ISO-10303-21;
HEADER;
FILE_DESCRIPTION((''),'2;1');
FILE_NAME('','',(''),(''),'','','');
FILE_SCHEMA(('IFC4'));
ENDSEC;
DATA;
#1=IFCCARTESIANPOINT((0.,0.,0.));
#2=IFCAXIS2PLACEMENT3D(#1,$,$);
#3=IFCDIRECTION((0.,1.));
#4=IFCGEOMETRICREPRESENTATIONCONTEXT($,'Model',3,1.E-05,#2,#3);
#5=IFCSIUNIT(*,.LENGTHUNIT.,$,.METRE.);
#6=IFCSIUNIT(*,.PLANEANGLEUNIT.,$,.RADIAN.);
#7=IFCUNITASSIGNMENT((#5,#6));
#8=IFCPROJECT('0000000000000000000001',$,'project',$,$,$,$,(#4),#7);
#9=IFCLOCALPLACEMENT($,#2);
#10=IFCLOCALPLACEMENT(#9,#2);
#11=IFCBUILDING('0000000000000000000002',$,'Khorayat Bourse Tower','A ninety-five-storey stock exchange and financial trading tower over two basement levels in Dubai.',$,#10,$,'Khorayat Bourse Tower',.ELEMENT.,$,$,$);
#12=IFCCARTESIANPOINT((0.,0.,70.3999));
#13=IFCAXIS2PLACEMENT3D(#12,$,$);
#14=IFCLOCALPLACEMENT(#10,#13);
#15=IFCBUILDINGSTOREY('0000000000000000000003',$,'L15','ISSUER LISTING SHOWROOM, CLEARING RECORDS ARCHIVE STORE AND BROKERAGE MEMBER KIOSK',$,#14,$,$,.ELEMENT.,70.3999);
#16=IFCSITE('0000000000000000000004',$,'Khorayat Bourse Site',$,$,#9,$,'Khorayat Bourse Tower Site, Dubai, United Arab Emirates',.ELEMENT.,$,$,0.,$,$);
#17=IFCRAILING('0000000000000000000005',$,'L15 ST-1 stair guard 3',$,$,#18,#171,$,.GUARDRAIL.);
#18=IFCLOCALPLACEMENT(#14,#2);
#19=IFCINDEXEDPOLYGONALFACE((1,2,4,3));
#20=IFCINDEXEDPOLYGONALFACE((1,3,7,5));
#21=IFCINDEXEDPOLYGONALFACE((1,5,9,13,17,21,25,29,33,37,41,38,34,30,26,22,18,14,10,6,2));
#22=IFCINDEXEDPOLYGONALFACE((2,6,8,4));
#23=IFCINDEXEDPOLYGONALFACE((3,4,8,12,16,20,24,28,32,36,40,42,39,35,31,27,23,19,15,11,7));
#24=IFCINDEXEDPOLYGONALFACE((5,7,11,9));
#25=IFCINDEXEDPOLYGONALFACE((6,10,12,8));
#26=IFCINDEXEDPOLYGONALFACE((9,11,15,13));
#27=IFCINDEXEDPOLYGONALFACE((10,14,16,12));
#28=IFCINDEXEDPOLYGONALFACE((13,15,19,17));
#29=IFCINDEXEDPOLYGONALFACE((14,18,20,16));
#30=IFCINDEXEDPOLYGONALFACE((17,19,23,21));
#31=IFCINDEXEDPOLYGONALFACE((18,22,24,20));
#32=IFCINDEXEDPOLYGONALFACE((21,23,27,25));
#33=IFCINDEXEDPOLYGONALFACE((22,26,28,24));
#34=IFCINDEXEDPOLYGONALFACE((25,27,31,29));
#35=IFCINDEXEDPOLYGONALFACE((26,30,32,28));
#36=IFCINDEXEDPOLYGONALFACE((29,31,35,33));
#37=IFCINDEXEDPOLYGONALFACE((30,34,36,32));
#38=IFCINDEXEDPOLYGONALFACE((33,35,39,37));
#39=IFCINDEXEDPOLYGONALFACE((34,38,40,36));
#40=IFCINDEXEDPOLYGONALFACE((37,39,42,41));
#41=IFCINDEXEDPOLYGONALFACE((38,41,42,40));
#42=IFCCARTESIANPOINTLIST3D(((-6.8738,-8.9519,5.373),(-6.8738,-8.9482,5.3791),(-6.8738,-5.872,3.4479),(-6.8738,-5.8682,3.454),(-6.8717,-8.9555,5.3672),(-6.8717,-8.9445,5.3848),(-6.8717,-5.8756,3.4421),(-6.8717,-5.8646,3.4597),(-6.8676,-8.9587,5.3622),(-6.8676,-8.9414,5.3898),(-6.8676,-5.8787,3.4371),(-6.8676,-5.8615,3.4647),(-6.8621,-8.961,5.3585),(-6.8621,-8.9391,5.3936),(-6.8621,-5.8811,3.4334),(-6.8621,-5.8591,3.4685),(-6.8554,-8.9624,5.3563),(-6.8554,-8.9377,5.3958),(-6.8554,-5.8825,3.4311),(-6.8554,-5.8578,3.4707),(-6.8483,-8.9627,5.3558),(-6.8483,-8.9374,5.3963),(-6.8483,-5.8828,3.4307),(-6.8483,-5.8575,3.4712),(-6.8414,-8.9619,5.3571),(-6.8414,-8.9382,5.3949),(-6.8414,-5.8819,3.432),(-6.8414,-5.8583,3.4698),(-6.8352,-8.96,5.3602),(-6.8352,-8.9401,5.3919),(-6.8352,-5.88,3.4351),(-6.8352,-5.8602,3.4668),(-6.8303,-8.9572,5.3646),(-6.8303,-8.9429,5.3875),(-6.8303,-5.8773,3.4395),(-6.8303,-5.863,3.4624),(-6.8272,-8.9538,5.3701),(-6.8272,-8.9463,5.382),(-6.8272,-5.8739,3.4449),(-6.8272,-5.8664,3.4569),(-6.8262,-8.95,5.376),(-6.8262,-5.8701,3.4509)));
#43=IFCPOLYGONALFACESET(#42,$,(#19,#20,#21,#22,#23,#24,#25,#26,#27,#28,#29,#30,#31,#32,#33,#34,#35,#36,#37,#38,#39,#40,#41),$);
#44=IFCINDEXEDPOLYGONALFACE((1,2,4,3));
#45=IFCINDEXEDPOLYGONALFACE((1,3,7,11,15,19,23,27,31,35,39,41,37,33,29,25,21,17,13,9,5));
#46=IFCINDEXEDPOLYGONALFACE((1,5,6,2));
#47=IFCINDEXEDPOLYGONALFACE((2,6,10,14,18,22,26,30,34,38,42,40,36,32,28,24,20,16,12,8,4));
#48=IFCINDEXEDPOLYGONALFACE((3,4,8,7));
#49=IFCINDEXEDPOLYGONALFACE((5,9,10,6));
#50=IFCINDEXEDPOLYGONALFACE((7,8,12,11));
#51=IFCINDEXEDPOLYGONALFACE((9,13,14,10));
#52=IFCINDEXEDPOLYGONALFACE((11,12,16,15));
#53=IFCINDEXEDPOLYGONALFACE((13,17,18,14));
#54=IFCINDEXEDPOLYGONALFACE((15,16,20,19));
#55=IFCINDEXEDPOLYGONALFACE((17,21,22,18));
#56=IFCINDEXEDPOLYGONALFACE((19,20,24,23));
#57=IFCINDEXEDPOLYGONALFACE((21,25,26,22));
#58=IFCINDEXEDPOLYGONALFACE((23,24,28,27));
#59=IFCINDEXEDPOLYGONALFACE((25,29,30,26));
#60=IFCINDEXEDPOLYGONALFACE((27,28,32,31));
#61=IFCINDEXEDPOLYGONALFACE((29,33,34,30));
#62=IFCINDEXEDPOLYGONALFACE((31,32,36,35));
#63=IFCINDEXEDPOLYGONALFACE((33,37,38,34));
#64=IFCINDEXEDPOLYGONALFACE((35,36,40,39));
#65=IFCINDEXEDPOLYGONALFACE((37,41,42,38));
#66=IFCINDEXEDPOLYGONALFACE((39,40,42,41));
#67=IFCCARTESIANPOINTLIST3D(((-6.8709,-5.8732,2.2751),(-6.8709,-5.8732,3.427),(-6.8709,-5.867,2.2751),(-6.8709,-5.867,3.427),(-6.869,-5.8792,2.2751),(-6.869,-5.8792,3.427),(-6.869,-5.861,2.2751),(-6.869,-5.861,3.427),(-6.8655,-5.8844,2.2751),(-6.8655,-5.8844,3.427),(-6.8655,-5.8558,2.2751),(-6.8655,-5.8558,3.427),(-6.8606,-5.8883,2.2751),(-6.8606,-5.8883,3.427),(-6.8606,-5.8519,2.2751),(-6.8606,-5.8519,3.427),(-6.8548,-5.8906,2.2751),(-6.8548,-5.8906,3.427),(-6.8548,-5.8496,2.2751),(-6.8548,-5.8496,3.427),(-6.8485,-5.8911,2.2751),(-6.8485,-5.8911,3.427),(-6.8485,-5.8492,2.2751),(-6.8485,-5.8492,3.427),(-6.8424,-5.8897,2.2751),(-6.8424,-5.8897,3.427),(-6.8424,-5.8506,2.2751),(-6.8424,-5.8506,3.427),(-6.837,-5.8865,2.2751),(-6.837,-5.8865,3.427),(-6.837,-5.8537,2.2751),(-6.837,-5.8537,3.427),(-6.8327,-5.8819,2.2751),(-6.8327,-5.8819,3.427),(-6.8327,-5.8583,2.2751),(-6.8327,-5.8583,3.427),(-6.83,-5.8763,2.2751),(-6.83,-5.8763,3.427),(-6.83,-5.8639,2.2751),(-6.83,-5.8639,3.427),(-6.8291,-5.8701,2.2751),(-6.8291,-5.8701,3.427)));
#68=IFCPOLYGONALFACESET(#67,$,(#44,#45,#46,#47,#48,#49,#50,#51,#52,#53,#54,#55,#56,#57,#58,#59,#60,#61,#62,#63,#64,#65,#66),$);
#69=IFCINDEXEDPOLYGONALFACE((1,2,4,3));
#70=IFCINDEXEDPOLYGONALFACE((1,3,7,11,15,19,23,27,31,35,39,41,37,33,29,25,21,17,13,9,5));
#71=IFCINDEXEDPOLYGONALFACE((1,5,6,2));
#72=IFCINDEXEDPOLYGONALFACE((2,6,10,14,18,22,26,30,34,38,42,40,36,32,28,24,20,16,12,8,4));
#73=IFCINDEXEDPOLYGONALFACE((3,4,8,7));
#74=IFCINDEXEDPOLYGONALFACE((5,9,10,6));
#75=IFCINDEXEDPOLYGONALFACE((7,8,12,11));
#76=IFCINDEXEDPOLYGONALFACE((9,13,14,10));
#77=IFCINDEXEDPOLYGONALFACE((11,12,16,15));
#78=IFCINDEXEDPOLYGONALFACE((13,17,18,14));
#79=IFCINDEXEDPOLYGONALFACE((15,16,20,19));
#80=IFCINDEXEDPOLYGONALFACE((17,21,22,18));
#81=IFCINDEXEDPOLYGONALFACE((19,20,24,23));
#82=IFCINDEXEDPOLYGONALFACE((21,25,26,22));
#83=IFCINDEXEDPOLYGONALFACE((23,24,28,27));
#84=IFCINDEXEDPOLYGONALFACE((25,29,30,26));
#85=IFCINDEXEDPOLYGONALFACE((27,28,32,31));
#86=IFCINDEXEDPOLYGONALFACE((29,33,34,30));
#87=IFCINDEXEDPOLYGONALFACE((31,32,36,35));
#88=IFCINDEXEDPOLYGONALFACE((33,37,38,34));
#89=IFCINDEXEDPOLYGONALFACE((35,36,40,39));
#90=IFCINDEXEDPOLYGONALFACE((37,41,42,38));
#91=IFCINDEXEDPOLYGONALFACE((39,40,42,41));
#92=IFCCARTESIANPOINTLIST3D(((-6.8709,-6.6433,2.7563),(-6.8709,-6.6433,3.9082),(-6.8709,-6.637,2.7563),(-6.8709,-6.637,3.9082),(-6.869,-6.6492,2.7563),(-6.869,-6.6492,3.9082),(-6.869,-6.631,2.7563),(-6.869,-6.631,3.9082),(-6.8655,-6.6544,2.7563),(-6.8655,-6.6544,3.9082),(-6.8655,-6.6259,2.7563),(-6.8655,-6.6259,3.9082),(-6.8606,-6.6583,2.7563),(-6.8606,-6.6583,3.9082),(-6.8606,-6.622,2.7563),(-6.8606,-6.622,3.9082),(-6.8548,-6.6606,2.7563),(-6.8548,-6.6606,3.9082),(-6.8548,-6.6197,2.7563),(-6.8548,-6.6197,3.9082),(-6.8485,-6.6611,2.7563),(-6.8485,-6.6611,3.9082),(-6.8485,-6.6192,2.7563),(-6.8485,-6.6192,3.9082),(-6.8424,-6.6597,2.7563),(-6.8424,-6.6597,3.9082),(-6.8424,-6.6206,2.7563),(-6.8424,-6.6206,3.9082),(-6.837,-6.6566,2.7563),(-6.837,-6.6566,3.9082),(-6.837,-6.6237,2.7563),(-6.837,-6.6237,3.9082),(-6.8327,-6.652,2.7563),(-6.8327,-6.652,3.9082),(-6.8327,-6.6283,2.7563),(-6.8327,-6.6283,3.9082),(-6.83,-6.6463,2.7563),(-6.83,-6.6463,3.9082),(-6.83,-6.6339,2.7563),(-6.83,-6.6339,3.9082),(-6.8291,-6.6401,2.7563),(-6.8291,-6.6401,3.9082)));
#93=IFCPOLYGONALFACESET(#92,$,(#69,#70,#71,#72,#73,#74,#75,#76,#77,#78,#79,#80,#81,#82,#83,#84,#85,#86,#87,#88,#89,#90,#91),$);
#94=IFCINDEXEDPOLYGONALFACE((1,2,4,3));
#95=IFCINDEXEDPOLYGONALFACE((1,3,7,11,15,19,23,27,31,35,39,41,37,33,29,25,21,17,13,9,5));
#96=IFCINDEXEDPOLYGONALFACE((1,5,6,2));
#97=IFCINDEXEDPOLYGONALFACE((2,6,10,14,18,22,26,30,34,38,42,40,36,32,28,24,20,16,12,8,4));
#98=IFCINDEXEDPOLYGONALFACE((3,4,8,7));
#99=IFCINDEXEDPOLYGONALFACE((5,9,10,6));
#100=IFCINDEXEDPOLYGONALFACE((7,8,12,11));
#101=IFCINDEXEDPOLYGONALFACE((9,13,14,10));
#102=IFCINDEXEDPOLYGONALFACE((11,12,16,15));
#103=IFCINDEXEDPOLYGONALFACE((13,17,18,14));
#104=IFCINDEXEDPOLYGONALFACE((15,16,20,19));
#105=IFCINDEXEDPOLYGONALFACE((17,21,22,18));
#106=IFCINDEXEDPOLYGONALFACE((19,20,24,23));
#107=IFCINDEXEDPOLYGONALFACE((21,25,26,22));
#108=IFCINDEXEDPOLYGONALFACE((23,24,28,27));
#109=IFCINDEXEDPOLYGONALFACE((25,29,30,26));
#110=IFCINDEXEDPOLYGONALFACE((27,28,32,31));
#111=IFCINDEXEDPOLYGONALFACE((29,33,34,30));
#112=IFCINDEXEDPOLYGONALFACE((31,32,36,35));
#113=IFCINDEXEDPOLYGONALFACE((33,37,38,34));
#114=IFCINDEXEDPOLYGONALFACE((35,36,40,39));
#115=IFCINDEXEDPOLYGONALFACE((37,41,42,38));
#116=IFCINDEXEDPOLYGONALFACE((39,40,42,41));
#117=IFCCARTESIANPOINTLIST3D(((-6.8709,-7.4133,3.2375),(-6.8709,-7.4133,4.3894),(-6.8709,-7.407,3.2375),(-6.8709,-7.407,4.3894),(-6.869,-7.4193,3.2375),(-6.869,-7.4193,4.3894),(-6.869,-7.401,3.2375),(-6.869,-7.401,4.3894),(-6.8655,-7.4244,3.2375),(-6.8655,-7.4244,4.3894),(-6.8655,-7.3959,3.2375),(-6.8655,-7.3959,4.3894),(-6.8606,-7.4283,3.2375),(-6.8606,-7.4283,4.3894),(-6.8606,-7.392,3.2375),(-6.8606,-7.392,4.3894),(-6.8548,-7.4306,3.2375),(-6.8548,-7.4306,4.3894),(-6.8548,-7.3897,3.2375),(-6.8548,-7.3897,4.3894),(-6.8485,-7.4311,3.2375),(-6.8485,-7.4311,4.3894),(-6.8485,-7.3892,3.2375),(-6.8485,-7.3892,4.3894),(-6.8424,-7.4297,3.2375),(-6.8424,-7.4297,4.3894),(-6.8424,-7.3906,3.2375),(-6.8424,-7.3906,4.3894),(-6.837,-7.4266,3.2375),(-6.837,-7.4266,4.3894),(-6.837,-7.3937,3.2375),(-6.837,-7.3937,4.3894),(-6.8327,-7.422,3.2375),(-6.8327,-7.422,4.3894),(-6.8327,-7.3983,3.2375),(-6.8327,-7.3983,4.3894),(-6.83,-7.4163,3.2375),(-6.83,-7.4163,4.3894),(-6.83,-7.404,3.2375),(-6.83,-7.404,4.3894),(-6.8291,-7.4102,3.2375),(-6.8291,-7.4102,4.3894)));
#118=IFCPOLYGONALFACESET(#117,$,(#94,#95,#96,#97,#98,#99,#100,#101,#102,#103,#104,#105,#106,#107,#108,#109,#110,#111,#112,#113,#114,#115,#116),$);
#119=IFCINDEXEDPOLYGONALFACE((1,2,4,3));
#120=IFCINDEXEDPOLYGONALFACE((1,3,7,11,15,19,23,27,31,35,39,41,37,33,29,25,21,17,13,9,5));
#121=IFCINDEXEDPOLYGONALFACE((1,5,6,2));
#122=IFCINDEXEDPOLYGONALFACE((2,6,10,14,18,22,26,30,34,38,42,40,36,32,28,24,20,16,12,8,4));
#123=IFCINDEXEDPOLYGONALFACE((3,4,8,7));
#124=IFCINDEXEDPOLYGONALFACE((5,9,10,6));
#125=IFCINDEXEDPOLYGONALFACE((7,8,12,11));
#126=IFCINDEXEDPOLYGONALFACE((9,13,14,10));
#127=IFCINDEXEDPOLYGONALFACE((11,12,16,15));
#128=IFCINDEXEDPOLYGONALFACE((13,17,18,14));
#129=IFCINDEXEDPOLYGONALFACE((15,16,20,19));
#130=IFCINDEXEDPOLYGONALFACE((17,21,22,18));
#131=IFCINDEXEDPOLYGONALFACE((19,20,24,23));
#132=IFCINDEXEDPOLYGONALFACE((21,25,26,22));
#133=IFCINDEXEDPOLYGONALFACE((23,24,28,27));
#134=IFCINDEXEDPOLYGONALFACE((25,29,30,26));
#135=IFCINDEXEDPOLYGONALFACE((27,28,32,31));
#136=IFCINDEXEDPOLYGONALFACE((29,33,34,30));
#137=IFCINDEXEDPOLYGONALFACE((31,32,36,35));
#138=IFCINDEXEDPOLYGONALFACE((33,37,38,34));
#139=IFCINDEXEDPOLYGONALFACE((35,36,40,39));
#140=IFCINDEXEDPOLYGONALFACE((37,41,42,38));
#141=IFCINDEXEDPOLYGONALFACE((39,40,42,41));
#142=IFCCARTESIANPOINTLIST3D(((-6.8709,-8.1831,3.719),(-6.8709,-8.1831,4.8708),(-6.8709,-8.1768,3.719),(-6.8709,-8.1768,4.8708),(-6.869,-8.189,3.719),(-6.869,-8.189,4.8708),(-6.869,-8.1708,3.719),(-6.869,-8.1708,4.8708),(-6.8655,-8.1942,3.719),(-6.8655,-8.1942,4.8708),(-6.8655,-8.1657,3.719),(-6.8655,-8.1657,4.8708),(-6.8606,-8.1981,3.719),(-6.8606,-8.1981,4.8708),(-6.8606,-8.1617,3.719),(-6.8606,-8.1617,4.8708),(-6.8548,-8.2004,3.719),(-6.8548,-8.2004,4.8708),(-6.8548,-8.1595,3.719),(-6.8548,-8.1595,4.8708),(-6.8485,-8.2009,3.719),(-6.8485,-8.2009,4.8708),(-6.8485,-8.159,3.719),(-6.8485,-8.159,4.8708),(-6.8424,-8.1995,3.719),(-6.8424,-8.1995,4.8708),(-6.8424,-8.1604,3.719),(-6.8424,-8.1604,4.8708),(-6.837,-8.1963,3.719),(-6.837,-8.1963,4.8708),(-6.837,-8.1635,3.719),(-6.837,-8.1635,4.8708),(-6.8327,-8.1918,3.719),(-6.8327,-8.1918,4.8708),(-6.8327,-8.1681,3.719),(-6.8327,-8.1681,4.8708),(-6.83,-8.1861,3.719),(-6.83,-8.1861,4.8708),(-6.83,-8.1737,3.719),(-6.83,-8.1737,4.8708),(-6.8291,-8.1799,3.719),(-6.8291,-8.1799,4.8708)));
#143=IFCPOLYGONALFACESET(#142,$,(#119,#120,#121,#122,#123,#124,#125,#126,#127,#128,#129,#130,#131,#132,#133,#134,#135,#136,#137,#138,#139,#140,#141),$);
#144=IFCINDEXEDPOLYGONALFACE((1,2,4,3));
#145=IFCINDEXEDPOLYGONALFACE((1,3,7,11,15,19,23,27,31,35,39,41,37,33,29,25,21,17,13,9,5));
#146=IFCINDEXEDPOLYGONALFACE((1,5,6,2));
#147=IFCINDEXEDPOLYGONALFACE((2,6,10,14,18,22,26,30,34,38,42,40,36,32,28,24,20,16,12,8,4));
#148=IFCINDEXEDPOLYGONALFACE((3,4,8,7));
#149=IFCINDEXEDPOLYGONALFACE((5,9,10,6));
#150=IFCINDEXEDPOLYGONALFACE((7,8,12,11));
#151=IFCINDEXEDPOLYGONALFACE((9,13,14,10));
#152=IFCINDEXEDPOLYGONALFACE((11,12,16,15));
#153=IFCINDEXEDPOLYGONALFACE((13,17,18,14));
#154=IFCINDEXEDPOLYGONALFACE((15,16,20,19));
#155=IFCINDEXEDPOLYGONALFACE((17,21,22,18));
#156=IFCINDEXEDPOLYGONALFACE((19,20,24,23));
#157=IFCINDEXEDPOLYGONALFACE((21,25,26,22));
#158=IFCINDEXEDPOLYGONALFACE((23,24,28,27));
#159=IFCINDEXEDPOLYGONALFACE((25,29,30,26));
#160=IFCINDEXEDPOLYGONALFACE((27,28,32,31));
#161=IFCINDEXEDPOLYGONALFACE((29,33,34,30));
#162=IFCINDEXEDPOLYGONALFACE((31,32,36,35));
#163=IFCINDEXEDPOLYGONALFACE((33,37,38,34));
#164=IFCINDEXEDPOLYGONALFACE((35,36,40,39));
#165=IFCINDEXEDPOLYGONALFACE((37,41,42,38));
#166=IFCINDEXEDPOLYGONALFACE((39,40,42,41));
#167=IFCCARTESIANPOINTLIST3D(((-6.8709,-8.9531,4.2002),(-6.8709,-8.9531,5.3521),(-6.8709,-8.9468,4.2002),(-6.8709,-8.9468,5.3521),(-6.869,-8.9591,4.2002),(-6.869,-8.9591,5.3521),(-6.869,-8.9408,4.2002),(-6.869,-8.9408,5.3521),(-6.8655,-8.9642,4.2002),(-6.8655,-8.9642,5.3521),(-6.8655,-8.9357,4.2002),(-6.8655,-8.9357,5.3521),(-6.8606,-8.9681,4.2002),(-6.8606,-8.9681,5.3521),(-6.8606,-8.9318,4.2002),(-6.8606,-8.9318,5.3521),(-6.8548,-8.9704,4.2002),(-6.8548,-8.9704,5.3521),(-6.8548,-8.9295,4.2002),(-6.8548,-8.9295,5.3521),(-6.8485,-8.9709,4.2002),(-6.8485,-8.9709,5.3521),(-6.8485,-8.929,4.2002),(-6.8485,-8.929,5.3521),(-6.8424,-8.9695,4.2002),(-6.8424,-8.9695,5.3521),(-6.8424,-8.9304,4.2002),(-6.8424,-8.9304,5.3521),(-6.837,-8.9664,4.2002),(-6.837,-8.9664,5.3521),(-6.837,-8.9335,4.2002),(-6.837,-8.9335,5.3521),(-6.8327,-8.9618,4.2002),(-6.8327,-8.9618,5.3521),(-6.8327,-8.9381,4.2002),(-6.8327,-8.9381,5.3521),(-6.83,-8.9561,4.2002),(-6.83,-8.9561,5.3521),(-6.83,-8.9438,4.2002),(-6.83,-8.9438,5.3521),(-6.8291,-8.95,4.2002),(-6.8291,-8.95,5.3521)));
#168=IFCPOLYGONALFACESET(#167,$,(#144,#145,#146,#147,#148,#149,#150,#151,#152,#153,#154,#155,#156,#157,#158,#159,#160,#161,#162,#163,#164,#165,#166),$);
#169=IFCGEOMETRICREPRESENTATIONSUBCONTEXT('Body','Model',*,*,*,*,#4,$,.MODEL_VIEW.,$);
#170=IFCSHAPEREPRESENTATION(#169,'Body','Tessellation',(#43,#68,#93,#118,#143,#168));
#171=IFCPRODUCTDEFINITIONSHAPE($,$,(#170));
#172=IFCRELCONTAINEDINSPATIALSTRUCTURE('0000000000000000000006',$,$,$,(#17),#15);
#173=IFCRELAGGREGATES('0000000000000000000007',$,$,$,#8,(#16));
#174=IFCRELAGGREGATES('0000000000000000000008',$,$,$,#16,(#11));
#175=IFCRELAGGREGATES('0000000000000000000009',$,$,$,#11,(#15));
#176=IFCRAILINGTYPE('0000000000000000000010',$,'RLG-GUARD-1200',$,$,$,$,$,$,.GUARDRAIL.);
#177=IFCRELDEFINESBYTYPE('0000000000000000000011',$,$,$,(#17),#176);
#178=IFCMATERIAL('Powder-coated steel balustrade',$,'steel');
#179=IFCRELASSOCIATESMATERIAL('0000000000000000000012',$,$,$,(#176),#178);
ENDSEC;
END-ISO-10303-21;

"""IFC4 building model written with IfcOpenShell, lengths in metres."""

from ifc_helpers import new_model, si_unit, direction, frame, origin, origin_2d, place, context, subcontext, project, spatial, circle, extrude, source, transform, mapped, material, type_object, element, save


model = new_model("IFC4")

# Units and contexts
model_context = context("Model", 3, precision=1e-05, world=origin(), true_north=direction((0.0, 1.0)))
body_context = subcontext(model_context, "Body", "Model", "MODEL_VIEW")
ifc_project = project(units=[si_unit("LENGTHUNIT", "METRE"), si_unit("PLANEANGLEUNIT", "RADIAN")], contexts=[model_context])

# Site, building, storey
site_placement = place(None, origin())
site = spatial("IfcSite", under=ifc_project, at=site_placement, Name="Khorayat Bourse Site", LongName="Khorayat Bourse Tower Site, Dubai, United Arab Emirates", CompositionType="ELEMENT", RefElevation=0.0)
building_placement = place(site_placement, origin())
building = spatial("IfcBuilding", under=site, at=building_placement, Name="Khorayat Bourse Tower", Description="A ninety-five-storey stock exchange and financial trading tower over two basement levels in Dubai.", LongName="Khorayat Bourse Tower", CompositionType="ELEMENT")
storey_placement = place(building_placement, frame((0.0, 0.0, 70.3999)))
storey = spatial("IfcBuildingStorey", under=building, at=storey_placement, Name="L15", Description="ISSUER LISTING SHOWROOM, CLEARING RECORDS ARCHIVE STORE AND BROKERAGE MEMBER KIOSK", CompositionType="ELEMENT", Elevation=70.3999)

# Railing
ifc_material_1 = material(Name="Powder-coated steel balustrade", Category="steel")
railing_type_1 = type_object("IfcRailingType", Name="RLG-GUARD-1200", PredefinedType="GUARDRAIL", material=ifc_material_1)
shared_shape_1 = source(origin(), body_context, "Body", "SweptSolid", [
    extrude(circle(Radius=0.0239, at=origin_2d()), frame((0.0, 0.0, 1.1758), z_axis=(0.0, -0.847979, 0.530029), x_axis=(1.0, 0.0, 0.0)), (0.0, 0.0, 1.0), 3.6321),
    extrude(circle(Radius=0.021, at=origin_2d()), origin(), (0.0, 0.0, 1.0), 1.1519),
    extrude(circle(Radius=0.021, at=origin_2d()), frame((0.0, -0.77, 0.4812)), (0.0, 0.0, 1.0), 1.1519),
    extrude(circle(Radius=0.021, at=origin_2d()), frame((0.0, -1.54, 0.9624)), (0.0, 0.0, 1.0), 1.1519),
    extrude(circle(Radius=0.021, at=origin_2d()), frame((0.0, -2.3098, 1.4438)), (0.0, 0.0, 1.0), 1.1519),
    extrude(circle(Radius=0.021, at=origin_2d()), frame((0.0, -3.0798, 1.925)), (0.0, 0.0, 1.0), 1.1519),
])
railing_1_placement = place(storey_placement, frame((-6.8501, -5.8701, 2.2751)))
element("IfcRailing", 1, at=railing_1_placement, inside=storey, type_object=railing_type_1, Name="L15 ST-1 stair guard 3", PredefinedType="GUARDRAIL", context=body_context, shape_type="MappedRepresentation", body=[
    mapped(shared_shape_1, transform((0.0, 0.0, 0.0), scale=1.0)),
])

save(model, "model.ifc")
